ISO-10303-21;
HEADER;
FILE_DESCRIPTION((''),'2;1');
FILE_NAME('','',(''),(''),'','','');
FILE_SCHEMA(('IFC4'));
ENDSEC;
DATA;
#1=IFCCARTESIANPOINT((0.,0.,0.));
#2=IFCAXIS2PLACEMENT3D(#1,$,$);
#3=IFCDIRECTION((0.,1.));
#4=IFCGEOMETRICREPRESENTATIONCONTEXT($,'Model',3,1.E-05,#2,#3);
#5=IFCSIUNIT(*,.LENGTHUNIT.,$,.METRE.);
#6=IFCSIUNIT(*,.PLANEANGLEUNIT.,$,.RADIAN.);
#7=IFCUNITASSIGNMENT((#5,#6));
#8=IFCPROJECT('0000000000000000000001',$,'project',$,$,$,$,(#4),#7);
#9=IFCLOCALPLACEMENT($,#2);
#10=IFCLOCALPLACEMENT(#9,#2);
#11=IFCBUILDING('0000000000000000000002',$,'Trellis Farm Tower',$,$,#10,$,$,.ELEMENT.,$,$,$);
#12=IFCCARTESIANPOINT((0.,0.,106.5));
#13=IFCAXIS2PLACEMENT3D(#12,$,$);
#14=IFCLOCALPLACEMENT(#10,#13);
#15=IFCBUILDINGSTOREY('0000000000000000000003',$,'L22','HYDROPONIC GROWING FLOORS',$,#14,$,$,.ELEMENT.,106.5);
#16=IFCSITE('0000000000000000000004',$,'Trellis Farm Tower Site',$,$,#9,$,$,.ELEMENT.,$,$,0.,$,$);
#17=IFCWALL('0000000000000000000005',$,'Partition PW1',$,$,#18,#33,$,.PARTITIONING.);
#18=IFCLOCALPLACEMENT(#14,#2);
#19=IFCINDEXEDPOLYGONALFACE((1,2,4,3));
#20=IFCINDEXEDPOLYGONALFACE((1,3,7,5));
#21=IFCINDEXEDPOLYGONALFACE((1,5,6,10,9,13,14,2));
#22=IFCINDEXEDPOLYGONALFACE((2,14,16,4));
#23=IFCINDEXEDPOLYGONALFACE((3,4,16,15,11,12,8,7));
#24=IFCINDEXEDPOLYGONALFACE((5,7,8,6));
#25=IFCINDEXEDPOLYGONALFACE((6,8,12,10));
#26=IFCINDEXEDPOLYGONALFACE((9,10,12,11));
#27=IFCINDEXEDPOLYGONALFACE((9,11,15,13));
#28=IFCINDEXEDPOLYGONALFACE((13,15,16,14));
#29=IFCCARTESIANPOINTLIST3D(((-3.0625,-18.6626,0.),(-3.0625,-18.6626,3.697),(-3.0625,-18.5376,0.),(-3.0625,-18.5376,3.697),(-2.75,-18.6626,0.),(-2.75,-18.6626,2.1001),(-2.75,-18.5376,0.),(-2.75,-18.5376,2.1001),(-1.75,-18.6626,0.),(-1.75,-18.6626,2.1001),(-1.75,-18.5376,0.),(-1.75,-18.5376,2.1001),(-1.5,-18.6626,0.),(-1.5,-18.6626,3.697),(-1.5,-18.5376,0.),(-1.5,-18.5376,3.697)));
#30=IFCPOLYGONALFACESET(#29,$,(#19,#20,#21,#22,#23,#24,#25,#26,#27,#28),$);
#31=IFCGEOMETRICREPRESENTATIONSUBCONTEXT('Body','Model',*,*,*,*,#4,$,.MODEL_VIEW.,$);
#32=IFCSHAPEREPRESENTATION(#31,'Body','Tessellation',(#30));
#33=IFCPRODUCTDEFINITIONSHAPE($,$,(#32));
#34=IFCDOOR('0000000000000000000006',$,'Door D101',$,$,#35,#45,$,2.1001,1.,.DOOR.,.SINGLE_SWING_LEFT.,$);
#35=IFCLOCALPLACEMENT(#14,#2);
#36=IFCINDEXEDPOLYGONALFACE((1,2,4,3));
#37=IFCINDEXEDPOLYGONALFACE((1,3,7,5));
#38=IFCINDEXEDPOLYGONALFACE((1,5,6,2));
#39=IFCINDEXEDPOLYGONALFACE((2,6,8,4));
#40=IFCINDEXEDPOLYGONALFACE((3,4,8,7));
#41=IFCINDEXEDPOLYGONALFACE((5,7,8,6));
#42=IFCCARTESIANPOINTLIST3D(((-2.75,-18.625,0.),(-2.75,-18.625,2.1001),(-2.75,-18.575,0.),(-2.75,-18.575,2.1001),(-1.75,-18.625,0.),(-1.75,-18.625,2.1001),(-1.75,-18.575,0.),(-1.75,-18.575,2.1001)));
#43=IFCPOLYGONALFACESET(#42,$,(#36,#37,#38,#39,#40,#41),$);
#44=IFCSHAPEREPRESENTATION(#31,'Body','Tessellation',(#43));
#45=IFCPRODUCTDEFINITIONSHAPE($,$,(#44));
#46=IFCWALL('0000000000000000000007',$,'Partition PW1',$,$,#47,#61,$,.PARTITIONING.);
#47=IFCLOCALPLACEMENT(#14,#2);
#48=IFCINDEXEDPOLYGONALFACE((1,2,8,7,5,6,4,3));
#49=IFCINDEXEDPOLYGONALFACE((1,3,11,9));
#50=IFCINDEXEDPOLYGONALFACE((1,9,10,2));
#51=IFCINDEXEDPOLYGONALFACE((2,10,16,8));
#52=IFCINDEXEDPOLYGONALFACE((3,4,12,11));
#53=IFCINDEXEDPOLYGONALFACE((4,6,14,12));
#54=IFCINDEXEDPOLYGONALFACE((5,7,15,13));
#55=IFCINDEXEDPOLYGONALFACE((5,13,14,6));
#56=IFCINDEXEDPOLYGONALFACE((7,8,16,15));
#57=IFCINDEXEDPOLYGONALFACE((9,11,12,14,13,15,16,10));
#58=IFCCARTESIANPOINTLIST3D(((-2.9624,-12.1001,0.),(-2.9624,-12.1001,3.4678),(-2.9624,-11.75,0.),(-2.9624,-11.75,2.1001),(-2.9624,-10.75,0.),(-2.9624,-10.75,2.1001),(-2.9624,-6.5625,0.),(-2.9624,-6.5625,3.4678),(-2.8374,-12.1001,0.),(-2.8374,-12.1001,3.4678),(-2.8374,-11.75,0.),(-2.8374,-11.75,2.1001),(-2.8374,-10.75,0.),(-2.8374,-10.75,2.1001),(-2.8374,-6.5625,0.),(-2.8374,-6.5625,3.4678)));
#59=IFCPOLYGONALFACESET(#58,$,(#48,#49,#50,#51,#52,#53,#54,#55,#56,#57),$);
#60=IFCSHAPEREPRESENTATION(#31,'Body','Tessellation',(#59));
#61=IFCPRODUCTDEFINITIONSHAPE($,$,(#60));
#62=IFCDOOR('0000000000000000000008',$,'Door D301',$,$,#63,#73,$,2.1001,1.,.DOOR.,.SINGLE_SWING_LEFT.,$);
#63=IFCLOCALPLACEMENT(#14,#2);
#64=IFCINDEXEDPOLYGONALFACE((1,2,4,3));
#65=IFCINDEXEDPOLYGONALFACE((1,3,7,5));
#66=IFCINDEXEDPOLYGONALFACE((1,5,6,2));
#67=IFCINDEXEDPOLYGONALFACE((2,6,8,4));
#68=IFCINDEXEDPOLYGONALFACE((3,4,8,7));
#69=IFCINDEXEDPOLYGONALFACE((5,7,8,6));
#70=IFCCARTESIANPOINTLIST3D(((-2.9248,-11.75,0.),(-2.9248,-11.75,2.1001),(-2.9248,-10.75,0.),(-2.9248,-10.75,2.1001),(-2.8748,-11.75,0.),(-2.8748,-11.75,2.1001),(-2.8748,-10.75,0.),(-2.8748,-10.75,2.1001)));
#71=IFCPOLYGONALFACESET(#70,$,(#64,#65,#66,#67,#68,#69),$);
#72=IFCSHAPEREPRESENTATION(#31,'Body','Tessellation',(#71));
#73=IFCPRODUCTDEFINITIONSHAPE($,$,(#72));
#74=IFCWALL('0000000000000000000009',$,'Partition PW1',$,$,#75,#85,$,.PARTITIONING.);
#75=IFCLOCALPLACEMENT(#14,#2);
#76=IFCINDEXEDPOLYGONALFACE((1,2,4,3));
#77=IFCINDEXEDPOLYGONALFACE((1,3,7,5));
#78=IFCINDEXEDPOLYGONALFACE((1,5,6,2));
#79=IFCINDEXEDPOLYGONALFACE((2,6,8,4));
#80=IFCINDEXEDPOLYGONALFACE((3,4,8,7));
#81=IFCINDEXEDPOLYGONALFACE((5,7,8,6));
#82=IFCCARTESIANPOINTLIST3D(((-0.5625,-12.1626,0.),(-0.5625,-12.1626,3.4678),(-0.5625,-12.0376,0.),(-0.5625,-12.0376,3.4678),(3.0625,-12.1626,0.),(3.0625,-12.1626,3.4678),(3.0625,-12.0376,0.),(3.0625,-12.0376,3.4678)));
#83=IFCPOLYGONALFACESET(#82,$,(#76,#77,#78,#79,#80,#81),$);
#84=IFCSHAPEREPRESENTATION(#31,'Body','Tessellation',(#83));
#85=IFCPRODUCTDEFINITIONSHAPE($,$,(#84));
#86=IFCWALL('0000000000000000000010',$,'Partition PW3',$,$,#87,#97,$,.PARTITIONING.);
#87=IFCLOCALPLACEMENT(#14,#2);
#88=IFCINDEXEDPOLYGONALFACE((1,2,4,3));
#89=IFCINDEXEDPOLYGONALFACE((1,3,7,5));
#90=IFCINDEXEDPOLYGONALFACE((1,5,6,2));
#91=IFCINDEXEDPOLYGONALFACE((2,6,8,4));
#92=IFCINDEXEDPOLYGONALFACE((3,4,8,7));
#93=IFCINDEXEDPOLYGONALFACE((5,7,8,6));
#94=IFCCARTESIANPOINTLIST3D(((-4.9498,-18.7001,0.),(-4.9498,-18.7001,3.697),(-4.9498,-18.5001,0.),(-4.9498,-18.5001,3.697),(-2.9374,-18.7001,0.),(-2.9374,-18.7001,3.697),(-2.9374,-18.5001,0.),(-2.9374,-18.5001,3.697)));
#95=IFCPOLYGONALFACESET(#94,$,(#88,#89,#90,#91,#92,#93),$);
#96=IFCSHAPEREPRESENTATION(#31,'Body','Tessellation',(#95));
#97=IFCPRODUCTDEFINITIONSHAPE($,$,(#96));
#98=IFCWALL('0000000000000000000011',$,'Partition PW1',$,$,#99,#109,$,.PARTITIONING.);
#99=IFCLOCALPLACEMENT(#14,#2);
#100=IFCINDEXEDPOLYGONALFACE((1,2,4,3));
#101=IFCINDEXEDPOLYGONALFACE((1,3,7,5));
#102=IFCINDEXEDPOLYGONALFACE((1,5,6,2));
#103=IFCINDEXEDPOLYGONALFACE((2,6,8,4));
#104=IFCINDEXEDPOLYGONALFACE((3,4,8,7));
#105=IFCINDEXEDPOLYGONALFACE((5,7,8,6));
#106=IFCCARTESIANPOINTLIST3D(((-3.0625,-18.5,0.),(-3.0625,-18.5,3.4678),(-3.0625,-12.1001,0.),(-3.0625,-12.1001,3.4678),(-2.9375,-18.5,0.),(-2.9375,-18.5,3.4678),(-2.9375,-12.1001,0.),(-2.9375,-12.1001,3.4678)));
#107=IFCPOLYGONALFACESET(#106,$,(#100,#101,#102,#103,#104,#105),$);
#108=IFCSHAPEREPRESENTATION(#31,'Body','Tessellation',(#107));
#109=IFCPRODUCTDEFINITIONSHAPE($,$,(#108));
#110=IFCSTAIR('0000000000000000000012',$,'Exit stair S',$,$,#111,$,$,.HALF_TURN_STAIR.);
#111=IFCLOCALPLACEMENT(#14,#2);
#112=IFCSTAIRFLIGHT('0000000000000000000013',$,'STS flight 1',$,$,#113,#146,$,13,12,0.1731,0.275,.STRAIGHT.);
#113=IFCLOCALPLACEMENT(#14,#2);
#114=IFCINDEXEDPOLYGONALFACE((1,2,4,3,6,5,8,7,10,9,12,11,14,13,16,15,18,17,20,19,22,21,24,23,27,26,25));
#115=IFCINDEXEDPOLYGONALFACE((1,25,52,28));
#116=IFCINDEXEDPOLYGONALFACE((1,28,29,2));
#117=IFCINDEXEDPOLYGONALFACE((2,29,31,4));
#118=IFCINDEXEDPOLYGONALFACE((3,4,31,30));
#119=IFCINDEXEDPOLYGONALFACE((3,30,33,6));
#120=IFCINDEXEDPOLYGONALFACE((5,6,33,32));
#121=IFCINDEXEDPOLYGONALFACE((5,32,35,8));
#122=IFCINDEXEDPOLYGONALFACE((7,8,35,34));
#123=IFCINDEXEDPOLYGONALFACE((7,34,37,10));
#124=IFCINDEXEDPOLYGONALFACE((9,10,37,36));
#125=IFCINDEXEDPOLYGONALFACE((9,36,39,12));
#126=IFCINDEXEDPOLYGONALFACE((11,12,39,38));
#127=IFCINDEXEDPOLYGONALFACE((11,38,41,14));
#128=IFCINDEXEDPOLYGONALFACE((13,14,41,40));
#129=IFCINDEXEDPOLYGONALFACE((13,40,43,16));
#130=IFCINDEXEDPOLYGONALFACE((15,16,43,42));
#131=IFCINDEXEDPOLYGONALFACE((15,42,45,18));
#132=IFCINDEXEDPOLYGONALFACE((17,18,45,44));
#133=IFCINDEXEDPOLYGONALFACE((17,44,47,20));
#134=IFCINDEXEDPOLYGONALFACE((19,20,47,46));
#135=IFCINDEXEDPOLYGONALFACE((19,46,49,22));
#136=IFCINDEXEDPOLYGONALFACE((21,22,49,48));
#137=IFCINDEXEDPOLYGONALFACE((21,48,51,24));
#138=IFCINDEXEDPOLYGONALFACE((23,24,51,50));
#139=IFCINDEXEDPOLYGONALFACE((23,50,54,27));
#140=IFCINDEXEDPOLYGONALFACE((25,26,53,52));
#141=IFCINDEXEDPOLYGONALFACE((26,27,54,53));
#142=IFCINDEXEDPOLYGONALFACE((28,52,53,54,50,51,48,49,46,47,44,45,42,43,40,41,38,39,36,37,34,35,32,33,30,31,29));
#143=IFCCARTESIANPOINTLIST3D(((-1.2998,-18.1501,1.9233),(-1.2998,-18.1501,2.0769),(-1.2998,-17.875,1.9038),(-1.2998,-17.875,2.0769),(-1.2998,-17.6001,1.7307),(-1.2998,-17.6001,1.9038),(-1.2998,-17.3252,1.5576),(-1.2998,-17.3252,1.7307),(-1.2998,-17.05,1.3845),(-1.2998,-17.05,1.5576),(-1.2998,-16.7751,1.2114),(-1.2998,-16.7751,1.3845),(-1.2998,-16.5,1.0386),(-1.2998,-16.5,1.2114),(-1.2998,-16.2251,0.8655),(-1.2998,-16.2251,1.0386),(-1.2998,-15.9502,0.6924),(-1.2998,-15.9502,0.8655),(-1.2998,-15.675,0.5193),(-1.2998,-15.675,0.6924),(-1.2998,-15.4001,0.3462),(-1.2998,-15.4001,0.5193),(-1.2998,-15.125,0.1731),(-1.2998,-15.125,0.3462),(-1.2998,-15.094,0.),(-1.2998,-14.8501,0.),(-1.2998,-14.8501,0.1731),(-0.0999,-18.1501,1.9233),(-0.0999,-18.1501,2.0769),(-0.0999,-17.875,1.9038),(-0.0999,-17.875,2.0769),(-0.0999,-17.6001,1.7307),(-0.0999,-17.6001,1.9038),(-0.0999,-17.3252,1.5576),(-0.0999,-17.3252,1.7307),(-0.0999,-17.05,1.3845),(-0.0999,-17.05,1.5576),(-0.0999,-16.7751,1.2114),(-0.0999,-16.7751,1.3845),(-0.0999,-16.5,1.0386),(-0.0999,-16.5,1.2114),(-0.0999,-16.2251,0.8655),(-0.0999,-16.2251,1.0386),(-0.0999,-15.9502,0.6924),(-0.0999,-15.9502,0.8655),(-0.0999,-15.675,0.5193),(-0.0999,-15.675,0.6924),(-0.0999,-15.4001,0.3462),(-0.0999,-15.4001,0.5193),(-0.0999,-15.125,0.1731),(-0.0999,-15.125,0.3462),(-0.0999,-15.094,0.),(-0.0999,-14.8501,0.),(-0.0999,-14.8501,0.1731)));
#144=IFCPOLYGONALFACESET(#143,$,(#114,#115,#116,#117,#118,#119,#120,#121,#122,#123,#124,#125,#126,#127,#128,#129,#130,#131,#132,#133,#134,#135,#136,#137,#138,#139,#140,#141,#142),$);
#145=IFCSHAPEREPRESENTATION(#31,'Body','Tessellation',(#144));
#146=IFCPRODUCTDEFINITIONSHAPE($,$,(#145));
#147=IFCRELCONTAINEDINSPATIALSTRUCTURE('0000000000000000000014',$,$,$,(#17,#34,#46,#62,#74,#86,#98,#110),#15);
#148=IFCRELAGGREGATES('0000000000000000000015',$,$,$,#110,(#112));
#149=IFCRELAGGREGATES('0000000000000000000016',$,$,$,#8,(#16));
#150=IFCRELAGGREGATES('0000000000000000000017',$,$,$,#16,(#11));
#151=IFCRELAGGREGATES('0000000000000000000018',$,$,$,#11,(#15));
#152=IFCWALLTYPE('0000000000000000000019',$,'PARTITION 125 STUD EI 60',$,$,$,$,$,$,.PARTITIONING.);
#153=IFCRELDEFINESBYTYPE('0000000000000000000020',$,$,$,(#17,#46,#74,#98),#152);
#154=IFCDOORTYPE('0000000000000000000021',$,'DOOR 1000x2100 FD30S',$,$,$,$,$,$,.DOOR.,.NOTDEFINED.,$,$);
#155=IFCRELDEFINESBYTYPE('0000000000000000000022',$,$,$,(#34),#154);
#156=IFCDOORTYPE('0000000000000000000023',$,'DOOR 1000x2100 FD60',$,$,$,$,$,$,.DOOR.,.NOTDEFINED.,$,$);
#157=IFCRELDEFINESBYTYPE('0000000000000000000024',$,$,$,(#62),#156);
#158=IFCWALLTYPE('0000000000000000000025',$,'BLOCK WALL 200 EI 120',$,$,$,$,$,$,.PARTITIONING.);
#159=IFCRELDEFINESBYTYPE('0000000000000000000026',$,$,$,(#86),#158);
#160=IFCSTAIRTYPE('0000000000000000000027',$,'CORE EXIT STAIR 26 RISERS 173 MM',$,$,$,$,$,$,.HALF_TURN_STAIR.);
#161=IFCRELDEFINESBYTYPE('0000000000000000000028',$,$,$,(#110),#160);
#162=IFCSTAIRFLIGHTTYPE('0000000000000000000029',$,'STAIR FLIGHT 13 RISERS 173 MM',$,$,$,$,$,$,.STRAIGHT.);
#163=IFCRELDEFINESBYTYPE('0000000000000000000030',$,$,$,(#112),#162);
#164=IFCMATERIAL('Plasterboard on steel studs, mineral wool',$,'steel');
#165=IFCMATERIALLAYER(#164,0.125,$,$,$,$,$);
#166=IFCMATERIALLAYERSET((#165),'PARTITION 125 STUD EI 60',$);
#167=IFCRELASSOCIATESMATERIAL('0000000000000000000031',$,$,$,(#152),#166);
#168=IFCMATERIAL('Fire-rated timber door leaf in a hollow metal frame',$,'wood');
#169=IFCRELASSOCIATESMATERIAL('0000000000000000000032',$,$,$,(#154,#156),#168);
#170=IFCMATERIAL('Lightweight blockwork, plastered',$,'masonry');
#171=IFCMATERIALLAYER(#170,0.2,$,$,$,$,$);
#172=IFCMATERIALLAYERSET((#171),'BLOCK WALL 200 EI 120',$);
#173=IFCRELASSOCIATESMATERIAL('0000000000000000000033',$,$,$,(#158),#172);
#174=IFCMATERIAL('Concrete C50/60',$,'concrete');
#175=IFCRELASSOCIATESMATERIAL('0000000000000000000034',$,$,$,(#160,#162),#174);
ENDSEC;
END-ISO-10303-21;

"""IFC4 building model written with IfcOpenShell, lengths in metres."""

from ifc_helpers import new_model, si_unit, direction, frame, frame_2d, origin, place, context, subcontext, project, spatial, polyline, rectangle, outline, extrude, source, transform, mapped, material, layer, layer_set, type_object, element, fill, aggregate, save


model = new_model("IFC4")

# Units and contexts
model_context = context("Model", 3, precision=1e-05, world=origin(), true_north=direction((0.0, 1.0)))
body_context = subcontext(model_context, "Body", "Model", "MODEL_VIEW")
ifc_project = project(units=[si_unit("LENGTHUNIT", "METRE"), si_unit("PLANEANGLEUNIT", "RADIAN")], contexts=[model_context])

# Site, building, storey
site_placement = place(None, origin())
site = spatial("IfcSite", under=ifc_project, at=site_placement, Name="Trellis Farm Tower Site", CompositionType="ELEMENT", RefElevation=0.0)
building_placement = place(site_placement, origin())
building = spatial("IfcBuilding", under=site, at=building_placement, Name="Trellis Farm Tower", CompositionType="ELEMENT")
storey_placement = place(building_placement, frame((0.0, 0.0, 106.5)))
storey = spatial("IfcBuildingStorey", under=building, at=storey_placement, Name="L22", Description="HYDROPONIC GROWING FLOORS", CompositionType="ELEMENT", Elevation=106.5)

# Shared definitions
placement = place(storey_placement, origin())

# Walls, openings, doors
ifc_material_1 = material(Name="Plasterboard on steel studs, mineral wool", Category="steel")
ifc_layer_1 = layer(ifc_material_1, 0.125)
ifc_layer_set_1 = layer_set([ifc_layer_1], Name="PARTITION 125 STUD EI 60")
wall_type_1 = type_object("IfcWallType", Name="PARTITION 125 STUD EI 60", PredefinedType="PARTITIONING", material=ifc_layer_set_1)
shared_shape_1 = source(origin(), body_context, "Body", "SweptSolid", [
    extrude(rectangle(XDim=1.0, YDim=2.1001, at=frame_2d((0.5, 1.05))), frame((0.0, 0.0725, 0.0), z_axis=(0.0, -1.0, 0.0), x_axis=(1.0, 0.0, 0.0)), (0.0, 0.0, 1.0), 0.145),
])
ifc_material_2 = material(Name="Fire-rated timber door leaf in a hollow metal frame", Category="wood")
door_type_1 = type_object("IfcDoorType", Name="DOOR 1000x2100 FD30S", OperationType="NOTDEFINED", PredefinedType="DOOR", material=ifc_material_2)
shared_shape_2 = source(origin(), body_context, "Body", "SweptSolid", [
    extrude(rectangle(XDim=1.0, YDim=2.1001, at=frame_2d((0.5, 1.05))), frame((0.0, 0.0249, 0.0), z_axis=(0.0, -1.0, 0.0), x_axis=(1.0, 0.0, 0.0)), (0.0, 0.0, 1.0), 0.05),
])
shared_shape_3 = source(origin(), body_context, "Body", "SweptSolid", [
    extrude(rectangle(XDim=1.5625, YDim=0.125, at=frame_2d((0.7812, 0.0))), origin(), (0.0, 0.0, 1.0), 3.697),
])
wall_1_placement = place(storey_placement, frame((-1.5, -18.6001, 0.0), z_axis=(0.0, 0.0, 1.0), x_axis=(-1.0, 0.0, 0.0)))
wall_1 = element("IfcWall", 1, at=wall_1_placement, inside=storey, type_object=wall_type_1, Name="Partition PW1", PredefinedType="PARTITIONING", context=body_context, shape_type="MappedRepresentation", body=[
    mapped(shared_shape_3, transform((0.0, 0.0, 0.0))),
])
opening_1_placement = place(wall_1_placement, frame((0.25, 0.0, 0.0)))
opening_1 = element("IfcOpeningElement", 2, at=opening_1_placement, cuts=wall_1, PredefinedType="OPENING", context=body_context, shape_type="MappedRepresentation", body=[
    mapped(shared_shape_1, transform((0.0, 0.0, 0.0))),
])
door_1_placement = place(opening_1_placement, origin())
door_1 = element("IfcDoor", 3, at=door_1_placement, inside=storey, type_object=door_type_1, Name="Door D101", OperationType="SINGLE_SWING_LEFT", OverallHeight=2.1001, OverallWidth=1.0, PredefinedType="DOOR", context=body_context, shape_type="MappedRepresentation", body=[
    mapped(shared_shape_2, transform((0.0, 0.0, 0.0))),
])
fill(opening_1, door_1)
shared_shape_4 = source(origin(), body_context, "Body", "SweptSolid", [
    extrude(rectangle(XDim=5.5376, YDim=0.125, at=frame_2d((2.7688, 0.0))), origin(), (0.0, 0.0, 1.0), 3.4678),
])
wall_2_placement = place(storey_placement, frame((-2.8999, -12.1001, 0.0), z_axis=(0.0, 0.0, 1.0), x_axis=(0.0, 1.0, 0.0)))
wall_2 = element("IfcWall", 4, at=wall_2_placement, inside=storey, type_object=wall_type_1, Name="Partition PW1", PredefinedType="PARTITIONING", context=body_context, shape_type="MappedRepresentation", body=[
    mapped(shared_shape_4, transform((0.0, 0.0, 0.0))),
])
opening_2_placement = place(wall_2_placement, frame((0.3501, 0.0, 0.0)))
opening_2 = element("IfcOpeningElement", 5, at=opening_2_placement, cuts=wall_2, PredefinedType="OPENING", context=body_context, shape_type="MappedRepresentation", body=[
    mapped(shared_shape_1, transform((0.0, 0.0, 0.0))),
])
door_type_2 = type_object("IfcDoorType", Name="DOOR 1000x2100 FD60", OperationType="NOTDEFINED", PredefinedType="DOOR", material=ifc_material_2)
door_2_placement = place(opening_2_placement, origin())
door_2 = element("IfcDoor", 6, at=door_2_placement, inside=storey, type_object=door_type_2, Name="Door D301", OperationType="SINGLE_SWING_LEFT", OverallHeight=2.1001, OverallWidth=1.0, PredefinedType="DOOR", context=body_context, shape_type="MappedRepresentation", body=[
    mapped(shared_shape_2, transform((0.0, 0.0, 0.0))),
])
fill(opening_2, door_2)

# Walls
shared_shape_5 = source(origin(), body_context, "Body", "SweptSolid", [
    extrude(rectangle(XDim=3.625, YDim=0.125, at=frame_2d((1.8125, 0.0))), origin(), (0.0, 0.0, 1.0), 3.4678),
])
wall_3_placement = place(storey_placement, frame((-0.5625, -12.1001, 0.0), z_axis=(0.0, 0.0, 1.0), x_axis=(1.0, 0.0, 0.0)))
element("IfcWall", 7, at=wall_3_placement, inside=storey, type_object=wall_type_1, Name="Partition PW1", PredefinedType="PARTITIONING", context=body_context, shape_type="MappedRepresentation", body=[
    mapped(shared_shape_5, transform((0.0, 0.0, 0.0))),
])
ifc_material_3 = material(Name="Lightweight blockwork, plastered", Category="masonry")
ifc_layer_2 = layer(ifc_material_3, 0.2)
ifc_layer_set_2 = layer_set([ifc_layer_2], Name="BLOCK WALL 200 EI 120")
wall_type_2 = type_object("IfcWallType", Name="BLOCK WALL 200 EI 120", PredefinedType="PARTITIONING", material=ifc_layer_set_2)
shared_shape_6 = source(origin(), body_context, "Body", "SweptSolid", [
    extrude(rectangle(XDim=2.0125, YDim=0.2, at=frame_2d((1.0063, 0.0))), origin(), (0.0, 0.0, 1.0), 3.697),
])
wall_4_placement = place(storey_placement, frame((-4.95, -18.6001, 0.0), z_axis=(0.0, 0.0, 1.0), x_axis=(1.0, 0.0, 0.0)))
element("IfcWall", 8, at=wall_4_placement, inside=storey, type_object=wall_type_2, Name="Partition PW3", PredefinedType="PARTITIONING", context=body_context, shape_type="MappedRepresentation", body=[
    mapped(shared_shape_6, transform((0.0, 0.0, 0.0))),
])
shared_shape_7 = source(origin(), body_context, "Body", "SweptSolid", [
    extrude(rectangle(XDim=6.3999, YDim=0.125, at=frame_2d((3.2, 0.0))), origin(), (0.0, 0.0, 1.0), 3.4678),
])
wall_5_placement = place(storey_placement, frame((-3.0, -18.5, 0.0), z_axis=(0.0, 0.0, 1.0), x_axis=(0.0, 1.0, 0.0)))
element("IfcWall", 9, at=wall_5_placement, inside=storey, type_object=wall_type_1, Name="Partition PW1", PredefinedType="PARTITIONING", context=body_context, shape_type="MappedRepresentation", body=[
    mapped(shared_shape_7, transform((0.0, 0.0, 0.0))),
])

# Stair, stair flight
ifc_material_4 = material(Name="Concrete C50/60", Category="concrete")
stair_type = type_object("IfcStairType", Name="CORE EXIT STAIR 26 RISERS 173 MM", PredefinedType="HALF_TURN_STAIR", material=ifc_material_4)
stair = element("IfcStair", 10, at=placement, inside=storey, type_object=stair_type, Name="Exit stair S", PredefinedType="HALF_TURN_STAIR")
stair_flight_type = type_object("IfcStairFlightType", Name="STAIR FLIGHT 13 RISERS 173 MM", PredefinedType="STRAIGHT", material=ifc_material_4)
shared_shape_8 = source(origin(), body_context, "Body", "SweptSolid", [
    extrude(outline(polyline([(0.0, 0.0), (0.0, 0.1731), (0.2749, 0.1731), (0.2749, 0.3462), (0.55, 0.3462), (0.55, 0.5193), (0.825, 0.5193), (0.825, 0.6924), (1.1001, 0.6924), (1.1001, 0.8655), (1.375, 0.8655), (1.375, 1.0386), (1.6499, 1.0386), (1.6499, 1.2114), (1.925, 1.2114), (1.925, 1.3845), (2.2, 1.3845), (2.2, 1.5576), (2.4751, 1.5576), (2.4751, 1.7307), (2.75, 1.7307), (2.75, 1.9038), (3.0249, 1.9038), (3.0249, 2.0769), (3.3, 2.0769), (3.3, 2.25), (3.3, 1.9233), (0.2439, 0.0), (0.0, 0.0)])), frame((0.0, 0.6001, 0.0), z_axis=(0.0, -1.0, 0.0), x_axis=(1.0, 0.0, 0.0)), (0.0, 0.0, 1.0), 1.2),
])
stair_flight_placement = place(storey_placement, frame((-0.7, -14.8501, 0.0), z_axis=(0.0, 0.0, 1.0), x_axis=(0.0, -1.0, 0.0)))
stair_flight = element("IfcStairFlight", 11, at=stair_flight_placement, type_object=stair_flight_type, Name="STS flight 1", NumberOfRisers=13, NumberOfTreads=12, PredefinedType="STRAIGHT", RiserHeight=0.1731, TreadLength=0.275, context=body_context, shape_type="MappedRepresentation", body=[
    mapped(shared_shape_8, transform((0.0, 0.0, 0.0))),
])
aggregate(stair, [stair_flight])

save(model, "model.ifc")
